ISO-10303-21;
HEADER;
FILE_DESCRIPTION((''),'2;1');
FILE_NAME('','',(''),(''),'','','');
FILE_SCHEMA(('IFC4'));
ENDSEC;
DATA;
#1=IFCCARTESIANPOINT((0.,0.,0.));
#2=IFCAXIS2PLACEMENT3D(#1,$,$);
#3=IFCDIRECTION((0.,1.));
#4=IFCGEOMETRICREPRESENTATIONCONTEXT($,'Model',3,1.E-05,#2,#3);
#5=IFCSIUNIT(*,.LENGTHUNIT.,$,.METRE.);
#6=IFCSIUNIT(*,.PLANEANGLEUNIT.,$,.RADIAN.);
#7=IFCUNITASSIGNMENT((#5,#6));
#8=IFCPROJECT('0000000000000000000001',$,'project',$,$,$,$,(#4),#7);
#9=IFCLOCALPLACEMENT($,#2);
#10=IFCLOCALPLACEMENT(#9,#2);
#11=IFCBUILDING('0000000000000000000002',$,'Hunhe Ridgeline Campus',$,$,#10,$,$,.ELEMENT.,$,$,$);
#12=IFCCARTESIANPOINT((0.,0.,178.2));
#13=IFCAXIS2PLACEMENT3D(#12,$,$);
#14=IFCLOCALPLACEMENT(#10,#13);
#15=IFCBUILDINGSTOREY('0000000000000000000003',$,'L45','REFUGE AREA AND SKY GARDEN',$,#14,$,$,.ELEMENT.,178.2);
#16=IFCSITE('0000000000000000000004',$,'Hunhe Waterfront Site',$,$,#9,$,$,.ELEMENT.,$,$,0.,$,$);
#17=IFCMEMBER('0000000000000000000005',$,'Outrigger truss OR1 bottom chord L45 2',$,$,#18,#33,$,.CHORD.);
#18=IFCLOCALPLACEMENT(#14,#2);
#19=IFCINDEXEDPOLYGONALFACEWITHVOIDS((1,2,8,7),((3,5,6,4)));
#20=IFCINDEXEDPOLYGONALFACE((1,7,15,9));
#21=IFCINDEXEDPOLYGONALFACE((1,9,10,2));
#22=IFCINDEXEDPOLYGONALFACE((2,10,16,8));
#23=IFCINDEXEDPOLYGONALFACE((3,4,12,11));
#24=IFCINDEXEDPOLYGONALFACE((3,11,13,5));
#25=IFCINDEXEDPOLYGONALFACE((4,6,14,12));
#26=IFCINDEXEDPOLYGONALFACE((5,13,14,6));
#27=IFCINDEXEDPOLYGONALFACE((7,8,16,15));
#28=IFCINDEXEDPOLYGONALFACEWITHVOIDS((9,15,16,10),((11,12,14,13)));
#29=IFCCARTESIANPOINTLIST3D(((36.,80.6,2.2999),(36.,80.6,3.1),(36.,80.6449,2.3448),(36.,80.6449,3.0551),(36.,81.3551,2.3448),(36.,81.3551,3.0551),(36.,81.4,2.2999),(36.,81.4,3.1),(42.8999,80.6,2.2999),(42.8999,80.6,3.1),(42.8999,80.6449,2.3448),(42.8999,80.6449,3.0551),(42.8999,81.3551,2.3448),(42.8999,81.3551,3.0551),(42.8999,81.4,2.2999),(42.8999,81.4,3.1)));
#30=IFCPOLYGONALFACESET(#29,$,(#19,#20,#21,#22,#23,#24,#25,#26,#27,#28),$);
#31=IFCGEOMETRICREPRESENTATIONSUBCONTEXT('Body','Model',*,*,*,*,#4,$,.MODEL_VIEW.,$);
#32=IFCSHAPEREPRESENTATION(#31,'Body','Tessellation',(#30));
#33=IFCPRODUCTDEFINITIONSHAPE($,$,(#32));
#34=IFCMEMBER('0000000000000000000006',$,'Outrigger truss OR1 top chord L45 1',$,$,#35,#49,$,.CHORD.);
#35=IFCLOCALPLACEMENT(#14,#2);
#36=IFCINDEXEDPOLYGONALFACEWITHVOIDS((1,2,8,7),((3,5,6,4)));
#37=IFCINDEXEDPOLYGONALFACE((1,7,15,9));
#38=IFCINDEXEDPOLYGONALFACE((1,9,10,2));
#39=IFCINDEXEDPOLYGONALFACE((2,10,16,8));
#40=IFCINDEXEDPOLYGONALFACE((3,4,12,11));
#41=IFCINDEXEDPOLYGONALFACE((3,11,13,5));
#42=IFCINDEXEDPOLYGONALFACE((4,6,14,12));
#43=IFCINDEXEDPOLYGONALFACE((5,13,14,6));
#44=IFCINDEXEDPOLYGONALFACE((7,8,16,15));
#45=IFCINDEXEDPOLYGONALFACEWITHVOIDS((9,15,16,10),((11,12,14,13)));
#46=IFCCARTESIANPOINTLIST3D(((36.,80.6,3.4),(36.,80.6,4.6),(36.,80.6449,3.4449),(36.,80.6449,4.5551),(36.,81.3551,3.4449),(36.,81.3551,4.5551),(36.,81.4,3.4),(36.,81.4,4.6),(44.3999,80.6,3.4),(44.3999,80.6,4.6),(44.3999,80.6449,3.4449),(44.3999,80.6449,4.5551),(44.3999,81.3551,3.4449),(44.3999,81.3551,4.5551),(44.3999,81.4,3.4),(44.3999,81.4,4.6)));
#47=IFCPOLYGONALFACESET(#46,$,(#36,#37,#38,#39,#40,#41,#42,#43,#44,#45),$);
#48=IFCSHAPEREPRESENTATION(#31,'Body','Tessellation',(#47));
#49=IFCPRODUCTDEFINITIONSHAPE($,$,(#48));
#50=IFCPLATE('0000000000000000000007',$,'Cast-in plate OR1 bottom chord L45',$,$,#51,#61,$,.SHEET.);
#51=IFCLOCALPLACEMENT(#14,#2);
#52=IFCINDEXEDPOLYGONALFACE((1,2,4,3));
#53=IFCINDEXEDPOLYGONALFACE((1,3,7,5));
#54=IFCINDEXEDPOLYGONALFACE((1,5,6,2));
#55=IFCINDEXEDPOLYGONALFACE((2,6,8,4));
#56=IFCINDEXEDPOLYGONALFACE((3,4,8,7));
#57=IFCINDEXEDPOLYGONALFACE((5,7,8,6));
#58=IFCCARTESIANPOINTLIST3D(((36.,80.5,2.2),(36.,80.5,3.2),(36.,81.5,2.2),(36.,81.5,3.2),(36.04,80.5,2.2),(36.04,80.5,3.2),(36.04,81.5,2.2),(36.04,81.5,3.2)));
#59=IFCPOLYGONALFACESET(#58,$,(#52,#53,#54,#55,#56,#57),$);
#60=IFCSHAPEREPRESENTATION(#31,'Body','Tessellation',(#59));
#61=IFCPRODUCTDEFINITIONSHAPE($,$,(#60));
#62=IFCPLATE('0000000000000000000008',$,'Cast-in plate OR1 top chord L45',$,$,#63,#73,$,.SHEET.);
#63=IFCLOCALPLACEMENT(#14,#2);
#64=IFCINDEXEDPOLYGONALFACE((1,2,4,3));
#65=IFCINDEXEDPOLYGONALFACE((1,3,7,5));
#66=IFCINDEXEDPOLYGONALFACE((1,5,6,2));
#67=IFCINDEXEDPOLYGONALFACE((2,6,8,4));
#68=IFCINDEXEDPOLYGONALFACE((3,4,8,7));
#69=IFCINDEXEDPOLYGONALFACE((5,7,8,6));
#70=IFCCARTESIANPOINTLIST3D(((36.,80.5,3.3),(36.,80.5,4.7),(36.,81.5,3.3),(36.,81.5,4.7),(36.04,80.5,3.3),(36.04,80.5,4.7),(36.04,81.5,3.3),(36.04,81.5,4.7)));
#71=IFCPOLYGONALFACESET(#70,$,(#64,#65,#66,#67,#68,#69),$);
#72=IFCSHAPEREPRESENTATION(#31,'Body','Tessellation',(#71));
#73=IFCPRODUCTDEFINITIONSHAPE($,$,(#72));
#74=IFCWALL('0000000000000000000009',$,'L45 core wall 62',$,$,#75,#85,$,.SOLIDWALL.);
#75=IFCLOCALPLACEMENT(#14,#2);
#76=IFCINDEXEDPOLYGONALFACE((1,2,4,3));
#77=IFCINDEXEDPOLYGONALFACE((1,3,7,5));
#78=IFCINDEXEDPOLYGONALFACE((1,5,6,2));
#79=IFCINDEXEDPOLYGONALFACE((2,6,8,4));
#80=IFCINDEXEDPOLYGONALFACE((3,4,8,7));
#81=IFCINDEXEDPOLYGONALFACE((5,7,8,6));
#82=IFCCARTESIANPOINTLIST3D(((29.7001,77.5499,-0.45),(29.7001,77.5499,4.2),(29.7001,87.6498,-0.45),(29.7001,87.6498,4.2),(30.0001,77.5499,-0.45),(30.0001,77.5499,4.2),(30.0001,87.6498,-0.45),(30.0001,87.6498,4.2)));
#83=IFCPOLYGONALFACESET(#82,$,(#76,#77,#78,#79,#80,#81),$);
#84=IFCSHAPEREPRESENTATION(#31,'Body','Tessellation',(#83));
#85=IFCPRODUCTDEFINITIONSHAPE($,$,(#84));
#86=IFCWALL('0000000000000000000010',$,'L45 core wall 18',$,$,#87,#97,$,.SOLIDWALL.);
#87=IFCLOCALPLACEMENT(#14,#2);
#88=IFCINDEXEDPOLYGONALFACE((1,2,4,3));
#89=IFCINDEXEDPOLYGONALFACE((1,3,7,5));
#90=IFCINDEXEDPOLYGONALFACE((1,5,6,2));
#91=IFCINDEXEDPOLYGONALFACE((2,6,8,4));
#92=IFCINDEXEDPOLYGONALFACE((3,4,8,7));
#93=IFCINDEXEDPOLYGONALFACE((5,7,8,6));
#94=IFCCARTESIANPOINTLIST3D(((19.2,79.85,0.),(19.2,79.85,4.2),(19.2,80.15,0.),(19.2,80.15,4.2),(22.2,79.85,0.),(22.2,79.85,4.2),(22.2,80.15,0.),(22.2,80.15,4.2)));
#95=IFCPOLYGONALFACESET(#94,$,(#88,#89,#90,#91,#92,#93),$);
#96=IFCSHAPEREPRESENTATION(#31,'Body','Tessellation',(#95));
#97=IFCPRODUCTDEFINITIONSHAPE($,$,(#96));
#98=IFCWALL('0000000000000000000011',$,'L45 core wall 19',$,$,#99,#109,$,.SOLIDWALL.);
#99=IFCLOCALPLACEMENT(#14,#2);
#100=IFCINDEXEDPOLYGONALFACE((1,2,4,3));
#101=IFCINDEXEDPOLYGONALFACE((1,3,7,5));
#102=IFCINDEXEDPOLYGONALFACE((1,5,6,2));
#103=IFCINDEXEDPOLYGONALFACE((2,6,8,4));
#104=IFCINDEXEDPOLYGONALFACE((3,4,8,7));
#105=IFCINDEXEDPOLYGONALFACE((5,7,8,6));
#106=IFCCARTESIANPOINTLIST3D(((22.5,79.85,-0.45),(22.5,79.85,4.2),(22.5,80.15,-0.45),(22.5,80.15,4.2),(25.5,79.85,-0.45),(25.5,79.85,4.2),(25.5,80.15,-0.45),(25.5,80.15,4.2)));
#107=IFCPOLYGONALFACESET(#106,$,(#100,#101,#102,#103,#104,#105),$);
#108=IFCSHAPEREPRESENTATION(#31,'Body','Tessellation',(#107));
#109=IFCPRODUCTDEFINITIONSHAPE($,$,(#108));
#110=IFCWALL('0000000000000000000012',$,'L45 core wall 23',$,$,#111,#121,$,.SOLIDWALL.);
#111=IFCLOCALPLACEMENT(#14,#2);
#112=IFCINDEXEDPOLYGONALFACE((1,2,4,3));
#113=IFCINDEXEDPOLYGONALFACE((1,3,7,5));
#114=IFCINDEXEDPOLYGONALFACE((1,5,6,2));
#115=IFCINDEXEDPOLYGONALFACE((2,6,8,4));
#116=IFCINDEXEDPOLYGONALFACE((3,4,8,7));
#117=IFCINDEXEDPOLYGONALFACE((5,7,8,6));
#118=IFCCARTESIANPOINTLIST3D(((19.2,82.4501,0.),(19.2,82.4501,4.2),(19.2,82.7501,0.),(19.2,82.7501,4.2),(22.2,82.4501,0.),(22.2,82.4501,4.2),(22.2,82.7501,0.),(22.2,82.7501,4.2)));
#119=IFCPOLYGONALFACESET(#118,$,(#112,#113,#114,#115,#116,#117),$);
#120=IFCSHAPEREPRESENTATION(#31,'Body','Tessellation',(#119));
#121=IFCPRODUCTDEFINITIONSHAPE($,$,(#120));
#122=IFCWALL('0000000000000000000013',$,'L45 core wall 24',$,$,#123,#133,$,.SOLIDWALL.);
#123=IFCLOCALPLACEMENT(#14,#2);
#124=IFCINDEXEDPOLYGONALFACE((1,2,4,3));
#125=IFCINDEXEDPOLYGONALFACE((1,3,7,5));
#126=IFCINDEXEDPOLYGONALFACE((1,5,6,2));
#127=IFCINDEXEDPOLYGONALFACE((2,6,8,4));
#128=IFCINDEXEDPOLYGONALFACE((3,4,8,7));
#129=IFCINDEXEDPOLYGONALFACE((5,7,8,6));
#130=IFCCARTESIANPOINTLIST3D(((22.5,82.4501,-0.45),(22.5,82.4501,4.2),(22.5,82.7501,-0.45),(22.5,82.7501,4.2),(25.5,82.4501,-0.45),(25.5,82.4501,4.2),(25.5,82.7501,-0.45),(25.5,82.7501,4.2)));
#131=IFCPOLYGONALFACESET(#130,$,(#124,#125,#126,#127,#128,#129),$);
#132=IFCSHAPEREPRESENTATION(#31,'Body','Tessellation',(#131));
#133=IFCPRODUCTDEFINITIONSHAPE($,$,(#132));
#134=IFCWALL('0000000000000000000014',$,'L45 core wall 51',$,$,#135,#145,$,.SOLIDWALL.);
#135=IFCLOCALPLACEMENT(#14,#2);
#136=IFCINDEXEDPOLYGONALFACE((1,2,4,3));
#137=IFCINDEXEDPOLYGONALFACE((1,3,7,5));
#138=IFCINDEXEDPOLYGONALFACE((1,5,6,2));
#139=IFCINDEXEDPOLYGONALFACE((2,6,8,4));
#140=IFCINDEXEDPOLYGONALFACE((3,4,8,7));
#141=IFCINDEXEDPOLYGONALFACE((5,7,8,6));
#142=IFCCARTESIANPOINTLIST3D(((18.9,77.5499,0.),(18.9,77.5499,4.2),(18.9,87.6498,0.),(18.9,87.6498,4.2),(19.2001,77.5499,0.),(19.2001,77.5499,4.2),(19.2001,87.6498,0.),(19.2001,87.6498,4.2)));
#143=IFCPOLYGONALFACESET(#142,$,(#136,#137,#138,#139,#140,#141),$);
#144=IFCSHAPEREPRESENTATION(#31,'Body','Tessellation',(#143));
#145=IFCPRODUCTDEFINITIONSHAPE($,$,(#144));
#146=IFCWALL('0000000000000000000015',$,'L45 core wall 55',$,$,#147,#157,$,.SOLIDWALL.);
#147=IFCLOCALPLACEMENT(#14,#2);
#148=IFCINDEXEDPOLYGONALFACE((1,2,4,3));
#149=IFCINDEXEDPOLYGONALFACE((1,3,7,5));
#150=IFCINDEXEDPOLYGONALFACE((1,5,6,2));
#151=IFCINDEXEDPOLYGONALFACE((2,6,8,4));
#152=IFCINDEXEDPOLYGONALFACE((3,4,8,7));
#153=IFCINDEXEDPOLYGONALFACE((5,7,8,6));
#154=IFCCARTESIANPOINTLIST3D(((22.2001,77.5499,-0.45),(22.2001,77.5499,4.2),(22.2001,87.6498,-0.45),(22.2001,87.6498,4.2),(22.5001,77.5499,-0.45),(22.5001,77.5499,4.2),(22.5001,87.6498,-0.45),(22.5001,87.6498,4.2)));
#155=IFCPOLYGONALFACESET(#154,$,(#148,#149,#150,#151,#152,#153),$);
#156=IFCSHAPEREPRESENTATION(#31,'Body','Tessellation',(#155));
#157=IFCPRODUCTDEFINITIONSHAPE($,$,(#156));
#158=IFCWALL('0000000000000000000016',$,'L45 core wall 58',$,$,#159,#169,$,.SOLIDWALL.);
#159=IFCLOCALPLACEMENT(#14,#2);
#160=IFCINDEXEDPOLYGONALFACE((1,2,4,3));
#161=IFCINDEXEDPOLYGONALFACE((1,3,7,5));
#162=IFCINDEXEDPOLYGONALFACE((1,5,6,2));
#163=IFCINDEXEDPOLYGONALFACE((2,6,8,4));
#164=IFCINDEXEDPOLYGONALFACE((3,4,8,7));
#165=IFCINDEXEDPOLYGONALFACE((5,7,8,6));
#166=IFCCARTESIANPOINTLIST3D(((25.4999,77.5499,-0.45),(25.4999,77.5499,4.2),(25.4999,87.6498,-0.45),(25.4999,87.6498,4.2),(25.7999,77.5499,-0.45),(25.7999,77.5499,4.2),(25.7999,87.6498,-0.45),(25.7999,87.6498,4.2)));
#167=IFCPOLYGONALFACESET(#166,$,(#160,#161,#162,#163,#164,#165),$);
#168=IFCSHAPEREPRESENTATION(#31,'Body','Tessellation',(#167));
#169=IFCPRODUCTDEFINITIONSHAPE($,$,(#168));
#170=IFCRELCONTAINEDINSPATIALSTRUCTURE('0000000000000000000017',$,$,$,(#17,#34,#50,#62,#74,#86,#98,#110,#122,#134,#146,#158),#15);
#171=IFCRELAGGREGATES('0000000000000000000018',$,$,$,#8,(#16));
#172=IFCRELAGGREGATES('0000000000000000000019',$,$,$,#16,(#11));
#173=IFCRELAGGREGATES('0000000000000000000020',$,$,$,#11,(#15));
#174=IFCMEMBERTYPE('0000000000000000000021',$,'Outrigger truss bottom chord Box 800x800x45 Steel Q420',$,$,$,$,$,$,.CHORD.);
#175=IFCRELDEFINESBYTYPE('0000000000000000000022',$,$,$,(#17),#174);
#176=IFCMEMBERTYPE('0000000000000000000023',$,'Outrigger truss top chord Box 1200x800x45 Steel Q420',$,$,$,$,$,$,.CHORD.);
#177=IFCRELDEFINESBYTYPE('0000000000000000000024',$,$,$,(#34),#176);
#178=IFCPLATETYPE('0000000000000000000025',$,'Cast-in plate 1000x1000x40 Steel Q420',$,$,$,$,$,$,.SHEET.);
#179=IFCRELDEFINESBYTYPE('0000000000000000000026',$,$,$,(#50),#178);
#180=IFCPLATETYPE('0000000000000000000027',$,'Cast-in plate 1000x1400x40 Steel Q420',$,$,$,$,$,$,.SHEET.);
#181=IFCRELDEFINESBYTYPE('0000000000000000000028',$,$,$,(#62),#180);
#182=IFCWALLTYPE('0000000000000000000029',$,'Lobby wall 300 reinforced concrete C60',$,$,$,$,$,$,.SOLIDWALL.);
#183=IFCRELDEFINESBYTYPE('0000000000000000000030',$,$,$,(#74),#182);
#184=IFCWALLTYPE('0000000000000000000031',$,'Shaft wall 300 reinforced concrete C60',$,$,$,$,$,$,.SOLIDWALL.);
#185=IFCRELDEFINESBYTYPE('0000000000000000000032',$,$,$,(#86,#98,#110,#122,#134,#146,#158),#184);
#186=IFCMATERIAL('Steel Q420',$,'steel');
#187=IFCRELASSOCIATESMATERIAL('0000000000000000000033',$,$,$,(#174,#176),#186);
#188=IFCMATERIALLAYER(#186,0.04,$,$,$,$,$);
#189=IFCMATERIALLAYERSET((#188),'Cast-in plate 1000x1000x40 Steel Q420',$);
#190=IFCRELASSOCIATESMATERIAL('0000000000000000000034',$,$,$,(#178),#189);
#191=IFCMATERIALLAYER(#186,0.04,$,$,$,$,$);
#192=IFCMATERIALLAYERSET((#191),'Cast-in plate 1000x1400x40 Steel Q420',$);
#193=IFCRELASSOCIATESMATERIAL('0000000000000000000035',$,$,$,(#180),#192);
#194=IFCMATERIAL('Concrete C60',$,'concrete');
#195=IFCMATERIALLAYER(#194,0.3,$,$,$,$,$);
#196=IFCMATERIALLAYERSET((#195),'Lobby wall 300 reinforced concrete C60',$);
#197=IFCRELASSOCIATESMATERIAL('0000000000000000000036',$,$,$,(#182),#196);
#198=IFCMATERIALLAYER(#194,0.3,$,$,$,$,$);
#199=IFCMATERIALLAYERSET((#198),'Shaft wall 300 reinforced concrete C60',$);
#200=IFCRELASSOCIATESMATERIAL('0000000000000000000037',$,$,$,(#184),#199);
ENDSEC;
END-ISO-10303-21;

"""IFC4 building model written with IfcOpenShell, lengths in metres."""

from ifc_helpers import new_model, si_unit, direction, frame, frame_2d, origin, origin_2d, place, context, subcontext, project, spatial, rectangle, hollow_rectangle, extrude, material, layer, layer_set, material_profile, profile_set, type_object, element, save


model = new_model("IFC4")

# Units and contexts
model_context = context("Model", 3, precision=1e-05, world=origin(), true_north=direction((0.0, 1.0)))
body_context = subcontext(model_context, "Body", "Model", "MODEL_VIEW")
ifc_project = project(units=[si_unit("LENGTHUNIT", "METRE"), si_unit("PLANEANGLEUNIT", "RADIAN")], contexts=[model_context])

# Site, building, storey
site_placement = place(None, origin())
site = spatial("IfcSite", under=ifc_project, at=site_placement, Name="Hunhe Waterfront Site", CompositionType="ELEMENT", RefElevation=0.0)
building_placement = place(site_placement, origin())
building = spatial("IfcBuilding", under=site, at=building_placement, Name="Hunhe Ridgeline Campus", CompositionType="ELEMENT")
storey_placement = place(building_placement, frame((0.0, 0.0, 178.2)))
storey = spatial("IfcBuildingStorey", under=building, at=storey_placement, Name="L45", Description="REFUGE AREA AND SKY GARDEN", CompositionType="ELEMENT", Elevation=178.2)

# Members
ifc_material_1 = material(Name="Steel Q420", Category="steel")
ifc_material_profile_1 = material_profile(ifc_material_1, hollow_rectangle(XDim=0.8, YDim=0.8, WallThickness=0.0449, at=origin_2d()))
ifc_profile_set_1 = profile_set([ifc_material_profile_1], Name="Steel Q420")
member_type_1 = type_object("IfcMemberType", Name="Outrigger truss bottom chord Box 800x800x45 Steel Q420", PredefinedType="CHORD", material=ifc_profile_set_1)
member_1_placement = place(storey_placement, frame((36.0, 81.0, 2.7), z_axis=(1.0, 0.0, 0.0), x_axis=(0.0, 1.0, 0.0)))
element("IfcMember", 1, at=member_1_placement, inside=storey, type_object=member_type_1, Name="Outrigger truss OR1 bottom chord L45 2", PredefinedType="CHORD", context=body_context, shape_type="SweptSolid", body=[
    extrude(hollow_rectangle(XDim=0.8, YDim=0.8, WallThickness=0.0449, at=origin_2d()), origin(), (0.0, 0.0, 1.0), 6.8999),
])
ifc_material_profile_2 = material_profile(ifc_material_1, hollow_rectangle(XDim=0.8, YDim=1.2, WallThickness=0.0449, at=origin_2d()))
ifc_profile_set_2 = profile_set([ifc_material_profile_2], Name="Steel Q420")
member_type_2 = type_object("IfcMemberType", Name="Outrigger truss top chord Box 1200x800x45 Steel Q420", PredefinedType="CHORD", material=ifc_profile_set_2)
member_2_placement = place(storey_placement, frame((36.0, 81.0, 4.0), z_axis=(1.0, 0.0, 0.0), x_axis=(0.0, 1.0, 0.0)))
element("IfcMember", 2, at=member_2_placement, inside=storey, type_object=member_type_2, Name="Outrigger truss OR1 top chord L45 1", PredefinedType="CHORD", context=body_context, shape_type="SweptSolid", body=[
    extrude(hollow_rectangle(XDim=0.8, YDim=1.2, WallThickness=0.0449, at=origin_2d()), origin(), (0.0, 0.0, 1.0), 8.3999),
])

# Plates
ifc_layer_1 = layer(ifc_material_1, 0.04)
ifc_layer_set_1 = layer_set([ifc_layer_1], Name="Cast-in plate 1000x1000x40 Steel Q420")
plate_type_1 = type_object("IfcPlateType", Name="Cast-in plate 1000x1000x40 Steel Q420", PredefinedType="SHEET", material=ifc_layer_set_1)
plate_1_placement = place(storey_placement, frame((36.02, 81.0, 2.2), z_axis=(0.0, 0.0, 1.0), x_axis=(1.0, 0.0, 0.0)))
element("IfcPlate", 3, at=plate_1_placement, inside=storey, type_object=plate_type_1, Name="Cast-in plate OR1 bottom chord L45", PredefinedType="SHEET", context=body_context, shape_type="SweptSolid", body=[
    extrude(rectangle(XDim=0.04, YDim=1.0, at=origin_2d()), origin(), (0.0, 0.0, 1.0), 1.0),
])
ifc_layer_2 = layer(ifc_material_1, 0.04)
ifc_layer_set_2 = layer_set([ifc_layer_2], Name="Cast-in plate 1000x1400x40 Steel Q420")
plate_type_2 = type_object("IfcPlateType", Name="Cast-in plate 1000x1400x40 Steel Q420", PredefinedType="SHEET", material=ifc_layer_set_2)
plate_2_placement = place(storey_placement, frame((36.02, 81.0, 3.3), z_axis=(0.0, 0.0, 1.0), x_axis=(1.0, 0.0, 0.0)))
element("IfcPlate", 4, at=plate_2_placement, inside=storey, type_object=plate_type_2, Name="Cast-in plate OR1 top chord L45", PredefinedType="SHEET", context=body_context, shape_type="SweptSolid", body=[
    extrude(rectangle(XDim=0.04, YDim=1.0, at=origin_2d()), origin(), (0.0, 0.0, 1.0), 1.3999),
])

# Shared definitions
ifc_material_2 = material(Name="Concrete C60", Category="concrete")
ifc_layer_3 = layer(ifc_material_2, 0.3)
ifc_layer_set_3 = layer_set([ifc_layer_3], Name="Lobby wall 300 reinforced concrete C60")
wall_type_1 = type_object("IfcWallType", Name="Lobby wall 300 reinforced concrete C60", PredefinedType="SOLIDWALL", material=ifc_layer_set_3)

# Walls
wall_1_placement = place(storey_placement, frame((29.8501, 77.55, -0.45), z_axis=(0.0, 0.0, 1.0), x_axis=(0.0, 1.0, 0.0)))
element("IfcWall", 5, at=wall_1_placement, inside=storey, type_object=wall_type_1, Name="L45 core wall 62", PredefinedType="SOLIDWALL", context=body_context, shape_type="SweptSolid", body=[
    extrude(rectangle(XDim=10.0999, YDim=0.3, at=frame_2d((5.0498, 0.0))), origin(), (0.0, 0.0, 1.0), 4.6499),
])
ifc_layer_4 = layer(ifc_material_2, 0.3)
ifc_layer_set_4 = layer_set([ifc_layer_4], Name="Shaft wall 300 reinforced concrete C60")
wall_type_2 = type_object("IfcWallType", Name="Shaft wall 300 reinforced concrete C60", PredefinedType="SOLIDWALL", material=ifc_layer_set_4)
wall_2_placement = place(storey_placement, frame((19.2, 80.0, 0.0), z_axis=(0.0, 0.0, 1.0), x_axis=(1.0, 0.0, 0.0)))
element("IfcWall", 6, at=wall_2_placement, inside=storey, type_object=wall_type_2, Name="L45 core wall 18", PredefinedType="SOLIDWALL", context=body_context, shape_type="SweptSolid", body=[
    extrude(rectangle(XDim=3.0, YDim=0.3, at=frame_2d((1.5, 0.0))), origin(), (0.0, 0.0, 1.0), 4.2),
])
wall_3_placement = place(storey_placement, frame((22.5, 80.0, -0.45), z_axis=(0.0, 0.0, 1.0), x_axis=(1.0, 0.0, 0.0)))
element("IfcWall", 7, at=wall_3_placement, inside=storey, type_object=wall_type_2, Name="L45 core wall 19", PredefinedType="SOLIDWALL", context=body_context, shape_type="SweptSolid", body=[
    extrude(rectangle(XDim=3.0, YDim=0.3, at=frame_2d((1.5, 0.0))), origin(), (0.0, 0.0, 1.0), 4.6499),
])
wall_4_placement = place(storey_placement, frame((19.2, 82.6001, 0.0), z_axis=(0.0, 0.0, 1.0), x_axis=(1.0, 0.0, 0.0)))
element("IfcWall", 8, at=wall_4_placement, inside=storey, type_object=wall_type_2, Name="L45 core wall 23", PredefinedType="SOLIDWALL", context=body_context, shape_type="SweptSolid", body=[
    extrude(rectangle(XDim=3.0, YDim=0.3, at=frame_2d((1.5, 0.0))), origin(), (0.0, 0.0, 1.0), 4.2),
])
wall_5_placement = place(storey_placement, frame((22.5, 82.6001, -0.45), z_axis=(0.0, 0.0, 1.0), x_axis=(1.0, 0.0, 0.0)))
element("IfcWall", 9, at=wall_5_placement, inside=storey, type_object=wall_type_2, Name="L45 core wall 24", PredefinedType="SOLIDWALL", context=body_context, shape_type="SweptSolid", body=[
    extrude(rectangle(XDim=3.0, YDim=0.3, at=frame_2d((1.5, 0.0))), origin(), (0.0, 0.0, 1.0), 4.6499),
])
wall_6_placement = place(storey_placement, frame((19.05, 77.55, 0.0), z_axis=(0.0, 0.0, 1.0), x_axis=(0.0, 1.0, 0.0)))
element("IfcWall", 10, at=wall_6_placement, inside=storey, type_object=wall_type_2, Name="L45 core wall 51", PredefinedType="SOLIDWALL", context=body_context, shape_type="SweptSolid", body=[
    extrude(rectangle(XDim=10.0999, YDim=0.3, at=frame_2d((5.0498, 0.0))), origin(), (0.0, 0.0, 1.0), 4.2),
])
for number, where, z_axis, x_axis, name in (
    (11, (22.3501, 77.55, -0.45), (0.0, 0.0, 1.0), (0.0, 1.0, 0.0), "L45 core wall 55"),
    (12, (25.6499, 77.55, -0.45), (0.0, 0.0, 1.0), (0.0, 1.0, 0.0), "L45 core wall 58"),
):
    element("IfcWall", number, at=place(storey_placement, frame(where, z_axis=z_axis, x_axis=x_axis)), inside=storey, type_object=wall_type_2, Name=name, PredefinedType="SOLIDWALL", context=body_context, shape_type="SweptSolid", body=[
        extrude(rectangle(XDim=10.0999, YDim=0.3, at=frame_2d((5.0498, 0.0))), origin(), (0.0, 0.0, 1.0), 4.6499),
    ])

save(model, "model.ifc")
